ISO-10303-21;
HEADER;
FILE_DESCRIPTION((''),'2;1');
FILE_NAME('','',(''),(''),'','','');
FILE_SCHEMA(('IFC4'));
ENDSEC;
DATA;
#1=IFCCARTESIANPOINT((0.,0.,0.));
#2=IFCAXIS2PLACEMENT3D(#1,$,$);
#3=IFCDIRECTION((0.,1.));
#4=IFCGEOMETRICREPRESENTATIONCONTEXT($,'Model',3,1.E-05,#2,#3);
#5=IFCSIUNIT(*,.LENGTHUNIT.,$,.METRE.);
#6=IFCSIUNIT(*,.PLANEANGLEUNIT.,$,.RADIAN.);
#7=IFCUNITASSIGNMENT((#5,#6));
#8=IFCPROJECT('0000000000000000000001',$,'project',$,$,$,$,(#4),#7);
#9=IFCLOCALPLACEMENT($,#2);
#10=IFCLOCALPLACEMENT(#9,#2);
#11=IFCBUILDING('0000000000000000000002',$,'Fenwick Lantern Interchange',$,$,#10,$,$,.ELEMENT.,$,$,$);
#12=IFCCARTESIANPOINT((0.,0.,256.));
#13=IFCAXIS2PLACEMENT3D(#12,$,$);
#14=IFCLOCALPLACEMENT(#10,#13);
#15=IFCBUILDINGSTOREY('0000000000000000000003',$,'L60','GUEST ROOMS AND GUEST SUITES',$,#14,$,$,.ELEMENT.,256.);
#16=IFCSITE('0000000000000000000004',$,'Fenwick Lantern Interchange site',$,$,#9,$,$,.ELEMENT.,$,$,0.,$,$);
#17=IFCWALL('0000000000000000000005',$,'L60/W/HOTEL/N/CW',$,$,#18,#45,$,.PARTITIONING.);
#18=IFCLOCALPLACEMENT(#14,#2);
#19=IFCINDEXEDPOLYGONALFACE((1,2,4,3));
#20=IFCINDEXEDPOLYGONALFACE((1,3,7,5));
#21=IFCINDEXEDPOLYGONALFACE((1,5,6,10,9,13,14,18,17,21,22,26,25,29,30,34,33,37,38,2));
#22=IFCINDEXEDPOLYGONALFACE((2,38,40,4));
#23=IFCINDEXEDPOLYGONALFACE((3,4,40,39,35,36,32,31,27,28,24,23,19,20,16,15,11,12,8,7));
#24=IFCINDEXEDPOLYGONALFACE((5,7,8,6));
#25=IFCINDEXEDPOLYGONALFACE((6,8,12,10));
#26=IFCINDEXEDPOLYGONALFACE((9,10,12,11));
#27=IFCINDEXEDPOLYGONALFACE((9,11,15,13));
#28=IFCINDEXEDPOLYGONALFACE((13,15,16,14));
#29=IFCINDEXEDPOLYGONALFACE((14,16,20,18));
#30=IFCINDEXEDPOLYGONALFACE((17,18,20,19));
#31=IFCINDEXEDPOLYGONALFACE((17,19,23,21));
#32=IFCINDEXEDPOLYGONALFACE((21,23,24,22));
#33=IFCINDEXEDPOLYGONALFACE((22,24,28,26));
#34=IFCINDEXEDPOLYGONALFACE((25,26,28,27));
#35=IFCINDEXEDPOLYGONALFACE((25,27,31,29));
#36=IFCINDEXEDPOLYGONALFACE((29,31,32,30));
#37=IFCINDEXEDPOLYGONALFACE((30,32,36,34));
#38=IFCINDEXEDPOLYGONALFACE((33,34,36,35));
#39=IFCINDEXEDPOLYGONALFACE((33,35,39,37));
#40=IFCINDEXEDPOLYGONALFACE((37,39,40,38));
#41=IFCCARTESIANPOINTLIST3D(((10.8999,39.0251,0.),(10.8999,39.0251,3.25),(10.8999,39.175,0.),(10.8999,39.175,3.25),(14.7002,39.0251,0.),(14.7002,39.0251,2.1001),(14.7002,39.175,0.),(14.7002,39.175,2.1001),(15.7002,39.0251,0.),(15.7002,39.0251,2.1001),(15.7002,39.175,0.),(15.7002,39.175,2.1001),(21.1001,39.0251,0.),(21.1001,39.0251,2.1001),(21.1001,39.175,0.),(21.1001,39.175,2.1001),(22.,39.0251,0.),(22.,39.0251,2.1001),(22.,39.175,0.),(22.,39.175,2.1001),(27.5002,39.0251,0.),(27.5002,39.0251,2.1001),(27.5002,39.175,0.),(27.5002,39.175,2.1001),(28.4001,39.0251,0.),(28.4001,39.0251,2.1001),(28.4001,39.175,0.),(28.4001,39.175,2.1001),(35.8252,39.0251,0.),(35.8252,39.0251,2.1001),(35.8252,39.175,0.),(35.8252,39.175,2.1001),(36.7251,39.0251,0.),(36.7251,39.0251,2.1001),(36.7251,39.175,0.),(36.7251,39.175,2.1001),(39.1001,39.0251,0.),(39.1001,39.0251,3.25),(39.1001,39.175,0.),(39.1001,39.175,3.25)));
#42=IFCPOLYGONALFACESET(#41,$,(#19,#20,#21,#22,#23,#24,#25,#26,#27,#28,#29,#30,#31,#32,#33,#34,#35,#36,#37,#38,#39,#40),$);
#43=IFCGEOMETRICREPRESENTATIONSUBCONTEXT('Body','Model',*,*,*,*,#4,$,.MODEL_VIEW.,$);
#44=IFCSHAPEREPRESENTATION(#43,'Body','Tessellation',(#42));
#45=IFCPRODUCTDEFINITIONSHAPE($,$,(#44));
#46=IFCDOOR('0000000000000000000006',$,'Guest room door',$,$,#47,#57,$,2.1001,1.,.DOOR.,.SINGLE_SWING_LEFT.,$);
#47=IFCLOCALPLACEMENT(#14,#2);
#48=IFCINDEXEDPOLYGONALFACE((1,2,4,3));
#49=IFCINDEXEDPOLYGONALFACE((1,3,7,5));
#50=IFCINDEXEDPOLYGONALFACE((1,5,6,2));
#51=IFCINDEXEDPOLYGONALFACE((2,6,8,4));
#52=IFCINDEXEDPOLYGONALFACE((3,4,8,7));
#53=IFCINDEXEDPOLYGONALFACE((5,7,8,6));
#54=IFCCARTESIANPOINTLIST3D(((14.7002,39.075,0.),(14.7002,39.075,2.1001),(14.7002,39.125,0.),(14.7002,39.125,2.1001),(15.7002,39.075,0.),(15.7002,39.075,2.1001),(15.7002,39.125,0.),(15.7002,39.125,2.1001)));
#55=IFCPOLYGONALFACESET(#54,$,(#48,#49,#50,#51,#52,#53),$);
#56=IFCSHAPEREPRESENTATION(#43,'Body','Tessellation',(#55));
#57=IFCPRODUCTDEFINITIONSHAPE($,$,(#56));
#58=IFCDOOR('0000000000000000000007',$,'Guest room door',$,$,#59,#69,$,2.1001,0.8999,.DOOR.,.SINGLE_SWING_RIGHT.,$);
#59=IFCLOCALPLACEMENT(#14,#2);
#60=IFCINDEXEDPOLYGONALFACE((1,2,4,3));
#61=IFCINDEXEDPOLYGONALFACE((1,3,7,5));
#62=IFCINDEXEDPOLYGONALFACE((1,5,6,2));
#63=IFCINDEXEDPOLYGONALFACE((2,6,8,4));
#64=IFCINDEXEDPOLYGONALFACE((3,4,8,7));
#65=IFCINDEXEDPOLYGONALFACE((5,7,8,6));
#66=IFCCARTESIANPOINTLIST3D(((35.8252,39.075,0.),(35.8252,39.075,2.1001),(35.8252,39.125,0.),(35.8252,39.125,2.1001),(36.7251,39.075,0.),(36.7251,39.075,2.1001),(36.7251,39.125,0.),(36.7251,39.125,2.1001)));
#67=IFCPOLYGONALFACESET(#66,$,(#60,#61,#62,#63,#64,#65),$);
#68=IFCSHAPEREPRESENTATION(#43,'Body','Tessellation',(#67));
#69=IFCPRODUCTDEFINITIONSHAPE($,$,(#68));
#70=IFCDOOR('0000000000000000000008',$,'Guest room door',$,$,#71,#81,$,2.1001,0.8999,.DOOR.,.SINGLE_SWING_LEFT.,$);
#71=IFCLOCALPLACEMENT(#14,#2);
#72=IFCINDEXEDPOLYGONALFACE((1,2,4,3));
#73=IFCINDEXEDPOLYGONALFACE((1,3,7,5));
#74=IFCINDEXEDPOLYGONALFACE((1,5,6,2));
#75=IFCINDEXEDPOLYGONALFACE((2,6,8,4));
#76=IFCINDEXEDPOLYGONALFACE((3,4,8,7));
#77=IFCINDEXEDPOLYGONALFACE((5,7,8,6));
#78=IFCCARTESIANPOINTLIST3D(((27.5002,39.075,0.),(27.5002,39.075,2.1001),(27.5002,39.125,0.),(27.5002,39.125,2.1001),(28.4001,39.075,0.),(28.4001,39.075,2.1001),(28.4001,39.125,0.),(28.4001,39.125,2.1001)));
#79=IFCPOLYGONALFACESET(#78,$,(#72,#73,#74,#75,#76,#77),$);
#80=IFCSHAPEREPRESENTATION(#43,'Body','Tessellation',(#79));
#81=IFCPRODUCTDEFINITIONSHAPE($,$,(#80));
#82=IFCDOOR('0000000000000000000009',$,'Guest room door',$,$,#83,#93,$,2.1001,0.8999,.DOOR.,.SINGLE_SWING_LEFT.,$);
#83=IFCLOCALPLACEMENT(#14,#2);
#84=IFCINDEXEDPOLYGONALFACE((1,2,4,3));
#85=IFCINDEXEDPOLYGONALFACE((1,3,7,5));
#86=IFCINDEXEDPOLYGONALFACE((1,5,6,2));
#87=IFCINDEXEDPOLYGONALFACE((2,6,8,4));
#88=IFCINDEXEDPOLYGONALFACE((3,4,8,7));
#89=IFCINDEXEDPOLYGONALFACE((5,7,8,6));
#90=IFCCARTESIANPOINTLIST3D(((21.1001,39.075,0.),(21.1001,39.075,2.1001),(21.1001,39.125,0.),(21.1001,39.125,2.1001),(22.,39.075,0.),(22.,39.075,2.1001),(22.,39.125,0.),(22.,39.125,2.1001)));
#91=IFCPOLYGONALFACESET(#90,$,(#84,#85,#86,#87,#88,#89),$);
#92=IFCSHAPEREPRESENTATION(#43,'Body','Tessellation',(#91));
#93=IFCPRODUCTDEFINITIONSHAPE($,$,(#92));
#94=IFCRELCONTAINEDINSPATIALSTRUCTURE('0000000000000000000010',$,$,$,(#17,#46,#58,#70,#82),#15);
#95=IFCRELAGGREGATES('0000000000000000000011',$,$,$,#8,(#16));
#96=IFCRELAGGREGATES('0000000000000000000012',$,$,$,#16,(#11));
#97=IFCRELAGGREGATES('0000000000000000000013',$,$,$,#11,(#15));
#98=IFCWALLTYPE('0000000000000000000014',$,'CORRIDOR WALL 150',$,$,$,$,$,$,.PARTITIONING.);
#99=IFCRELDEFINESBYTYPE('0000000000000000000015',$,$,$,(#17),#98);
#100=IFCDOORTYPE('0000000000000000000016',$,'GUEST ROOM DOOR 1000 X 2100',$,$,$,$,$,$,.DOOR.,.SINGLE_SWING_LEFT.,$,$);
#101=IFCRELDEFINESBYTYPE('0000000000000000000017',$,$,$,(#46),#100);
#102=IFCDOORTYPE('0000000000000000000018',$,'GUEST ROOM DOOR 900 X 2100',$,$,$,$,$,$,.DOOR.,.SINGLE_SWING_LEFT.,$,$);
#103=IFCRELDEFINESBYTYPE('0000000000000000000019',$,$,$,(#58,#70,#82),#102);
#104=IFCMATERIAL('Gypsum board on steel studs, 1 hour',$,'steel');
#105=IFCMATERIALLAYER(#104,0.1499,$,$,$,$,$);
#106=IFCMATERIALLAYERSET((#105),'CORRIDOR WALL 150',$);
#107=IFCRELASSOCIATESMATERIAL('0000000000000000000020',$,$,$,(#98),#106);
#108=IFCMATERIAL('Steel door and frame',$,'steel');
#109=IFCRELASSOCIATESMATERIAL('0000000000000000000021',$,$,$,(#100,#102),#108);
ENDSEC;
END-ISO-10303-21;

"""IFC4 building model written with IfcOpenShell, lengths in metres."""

from ifc_helpers import new_model, si_unit, direction, frame, frame_2d, origin, place, context, subcontext, project, spatial, rectangle, extrude, material, layer, layer_set, type_object, element, fill, save


model = new_model("IFC4")

# Units and contexts
model_context = context("Model", 3, precision=1e-05, world=origin(), true_north=direction((0.0, 1.0)))
body_context = subcontext(model_context, "Body", "Model", "MODEL_VIEW")
ifc_project = project(units=[si_unit("LENGTHUNIT", "METRE"), si_unit("PLANEANGLEUNIT", "RADIAN")], contexts=[model_context])

# Site, building, storey
site_placement = place(None, origin())
site = spatial("IfcSite", under=ifc_project, at=site_placement, Name="Fenwick Lantern Interchange site", CompositionType="ELEMENT", RefElevation=0.0)
building_placement = place(site_placement, origin())
building = spatial("IfcBuilding", under=site, at=building_placement, Name="Fenwick Lantern Interchange", CompositionType="ELEMENT")
storey_placement = place(building_placement, frame((0.0, 0.0, 256.0)))
storey = spatial("IfcBuildingStorey", under=building, at=storey_placement, Name="L60", Description="GUEST ROOMS AND GUEST SUITES", CompositionType="ELEMENT", Elevation=256.0)

# Wall, openings, doors
ifc_material_1 = material(Name="Steel door and frame", Category="steel")
ifc_material_2 = material(Name="Gypsum board on steel studs, 1 hour", Category="steel")
ifc_layer_1 = layer(ifc_material_2, 0.1499)
ifc_layer_set_1 = layer_set([ifc_layer_1], Name="CORRIDOR WALL 150")
wall_type_1 = type_object("IfcWallType", Name="CORRIDOR WALL 150", PredefinedType="PARTITIONING", material=ifc_layer_set_1)
wall_1_placement = place(storey_placement, frame((39.1001, 39.1001, 0.0), z_axis=(0.0, 0.0, 1.0), x_axis=(-1.0, 0.0, 0.0)))
wall_1 = element("IfcWall", 1, at=wall_1_placement, inside=storey, type_object=wall_type_1, Name="L60/W/HOTEL/N/CW", PredefinedType="PARTITIONING", context=body_context, shape_type="SweptSolid", body=[
    extrude(rectangle(XDim=28.2002, YDim=0.1499, at=frame_2d((14.1001, 0.0))), origin(), (0.0, 0.0, 1.0), 3.25),
])
opening_1_placement = place(wall_1_placement, frame((2.375, 0.0, 0.0)))
opening_1 = element("IfcOpeningElement", 2, at=opening_1_placement, cuts=wall_1, PredefinedType="OPENING", context=body_context, shape_type="SweptSolid", body=[
    extrude(rectangle(XDim=0.8999, YDim=2.1001, at=frame_2d((0.45, 1.05))), frame((0.0, 0.085, 0.0), z_axis=(0.0, -1.0, 0.0), x_axis=(1.0, 0.0, 0.0)), (0.0, 0.0, 1.0), 0.1699),
])
opening_2_placement = place(wall_1_placement, frame((10.7, 0.0, 0.0)))
opening_2 = element("IfcOpeningElement", 3, at=opening_2_placement, cuts=wall_1, PredefinedType="OPENING", context=body_context, shape_type="SweptSolid", body=[
    extrude(rectangle(XDim=0.8999, YDim=2.1001, at=frame_2d((0.45, 1.05))), frame((0.0, 0.085, 0.0), z_axis=(0.0, -1.0, 0.0), x_axis=(1.0, 0.0, 0.0)), (0.0, 0.0, 1.0), 0.1699),
])
opening_3_placement = place(wall_1_placement, frame((17.1001, 0.0, 0.0)))
opening_3 = element("IfcOpeningElement", 4, at=opening_3_placement, cuts=wall_1, PredefinedType="OPENING", context=body_context, shape_type="SweptSolid", body=[
    extrude(rectangle(XDim=0.8999, YDim=2.1001, at=frame_2d((0.45, 1.05))), frame((0.0, 0.085, 0.0), z_axis=(0.0, -1.0, 0.0), x_axis=(1.0, 0.0, 0.0)), (0.0, 0.0, 1.0), 0.1699),
])
opening_4_placement = place(wall_1_placement, frame((23.3999, 0.0, 0.0)))
opening_4 = element("IfcOpeningElement", 5, at=opening_4_placement, cuts=wall_1, PredefinedType="OPENING", context=body_context, shape_type="SweptSolid", body=[
    extrude(rectangle(XDim=1.0, YDim=2.1001, at=frame_2d((0.5, 1.05))), frame((0.0, 0.085, 0.0), z_axis=(0.0, -1.0, 0.0), x_axis=(1.0, 0.0, 0.0)), (0.0, 0.0, 1.0), 0.1699),
])
door_type_1 = type_object("IfcDoorType", Name="GUEST ROOM DOOR 1000 X 2100", OperationType="SINGLE_SWING_LEFT", PredefinedType="DOOR", material=ifc_material_1)
door_1_placement = place(opening_4_placement, frame((1.0, 0.0, 0.0), z_axis=(0.0, 0.0, 1.0), x_axis=(-1.0, 0.0, 0.0)))
door_1 = element("IfcDoor", 6, at=door_1_placement, inside=storey, type_object=door_type_1, Name="Guest room door", OperationType="SINGLE_SWING_LEFT", OverallHeight=2.1001, OverallWidth=1.0, PredefinedType="DOOR", context=body_context, shape_type="SweptSolid", body=[
    extrude(rectangle(XDim=1.0, YDim=2.1001, at=frame_2d((0.5, 1.05))), frame((0.0, 0.0249, 0.0), z_axis=(0.0, -1.0, 0.0), x_axis=(1.0, 0.0, 0.0)), (0.0, 0.0, 1.0), 0.05),
])
fill(opening_4, door_1)
door_type_2 = type_object("IfcDoorType", Name="GUEST ROOM DOOR 900 X 2100", OperationType="SINGLE_SWING_LEFT", PredefinedType="DOOR", material=ifc_material_1)
door_2_placement = place(opening_1_placement, frame((0.8999, 0.0, 0.0), z_axis=(0.0, 0.0, 1.0), x_axis=(-1.0, 0.0, 0.0)))
door_2 = element("IfcDoor", 7, at=door_2_placement, inside=storey, type_object=door_type_2, Name="Guest room door", OperationType="SINGLE_SWING_RIGHT", OverallHeight=2.1001, OverallWidth=0.8999, PredefinedType="DOOR", context=body_context, shape_type="SweptSolid", body=[
    extrude(rectangle(XDim=0.8999, YDim=2.1001, at=frame_2d((0.45, 1.05))), frame((0.0, 0.0249, 0.0), z_axis=(0.0, -1.0, 0.0), x_axis=(1.0, 0.0, 0.0)), (0.0, 0.0, 1.0), 0.05),
])
fill(opening_1, door_2)
door_3_placement = place(opening_2_placement, frame((0.8999, 0.0, 0.0), z_axis=(0.0, 0.0, 1.0), x_axis=(-1.0, 0.0, 0.0)))
door_3 = element("IfcDoor", 8, at=door_3_placement, inside=storey, type_object=door_type_2, Name="Guest room door", OperationType="SINGLE_SWING_LEFT", OverallHeight=2.1001, OverallWidth=0.8999, PredefinedType="DOOR", context=body_context, shape_type="SweptSolid", body=[
    extrude(rectangle(XDim=0.8999, YDim=2.1001, at=frame_2d((0.45, 1.05))), frame((0.0, 0.0249, 0.0), z_axis=(0.0, -1.0, 0.0), x_axis=(1.0, 0.0, 0.0)), (0.0, 0.0, 1.0), 0.05),
])
fill(opening_2, door_3)
door_4_placement = place(opening_3_placement, frame((0.8999, 0.0, 0.0), z_axis=(0.0, 0.0, 1.0), x_axis=(-1.0, 0.0, 0.0)))
door_4 = element("IfcDoor", 9, at=door_4_placement, inside=storey, type_object=door_type_2, Name="Guest room door", OperationType="SINGLE_SWING_LEFT", OverallHeight=2.1001, OverallWidth=0.8999, PredefinedType="DOOR", context=body_context, shape_type="SweptSolid", body=[
    extrude(rectangle(XDim=0.8999, YDim=2.1001, at=frame_2d((0.45, 1.05))), frame((0.0, 0.0249, 0.0), z_axis=(0.0, -1.0, 0.0), x_axis=(1.0, 0.0, 0.0)), (0.0, 0.0, 1.0), 0.05),
])
fill(opening_3, door_4)

save(model, "model.ifc")
